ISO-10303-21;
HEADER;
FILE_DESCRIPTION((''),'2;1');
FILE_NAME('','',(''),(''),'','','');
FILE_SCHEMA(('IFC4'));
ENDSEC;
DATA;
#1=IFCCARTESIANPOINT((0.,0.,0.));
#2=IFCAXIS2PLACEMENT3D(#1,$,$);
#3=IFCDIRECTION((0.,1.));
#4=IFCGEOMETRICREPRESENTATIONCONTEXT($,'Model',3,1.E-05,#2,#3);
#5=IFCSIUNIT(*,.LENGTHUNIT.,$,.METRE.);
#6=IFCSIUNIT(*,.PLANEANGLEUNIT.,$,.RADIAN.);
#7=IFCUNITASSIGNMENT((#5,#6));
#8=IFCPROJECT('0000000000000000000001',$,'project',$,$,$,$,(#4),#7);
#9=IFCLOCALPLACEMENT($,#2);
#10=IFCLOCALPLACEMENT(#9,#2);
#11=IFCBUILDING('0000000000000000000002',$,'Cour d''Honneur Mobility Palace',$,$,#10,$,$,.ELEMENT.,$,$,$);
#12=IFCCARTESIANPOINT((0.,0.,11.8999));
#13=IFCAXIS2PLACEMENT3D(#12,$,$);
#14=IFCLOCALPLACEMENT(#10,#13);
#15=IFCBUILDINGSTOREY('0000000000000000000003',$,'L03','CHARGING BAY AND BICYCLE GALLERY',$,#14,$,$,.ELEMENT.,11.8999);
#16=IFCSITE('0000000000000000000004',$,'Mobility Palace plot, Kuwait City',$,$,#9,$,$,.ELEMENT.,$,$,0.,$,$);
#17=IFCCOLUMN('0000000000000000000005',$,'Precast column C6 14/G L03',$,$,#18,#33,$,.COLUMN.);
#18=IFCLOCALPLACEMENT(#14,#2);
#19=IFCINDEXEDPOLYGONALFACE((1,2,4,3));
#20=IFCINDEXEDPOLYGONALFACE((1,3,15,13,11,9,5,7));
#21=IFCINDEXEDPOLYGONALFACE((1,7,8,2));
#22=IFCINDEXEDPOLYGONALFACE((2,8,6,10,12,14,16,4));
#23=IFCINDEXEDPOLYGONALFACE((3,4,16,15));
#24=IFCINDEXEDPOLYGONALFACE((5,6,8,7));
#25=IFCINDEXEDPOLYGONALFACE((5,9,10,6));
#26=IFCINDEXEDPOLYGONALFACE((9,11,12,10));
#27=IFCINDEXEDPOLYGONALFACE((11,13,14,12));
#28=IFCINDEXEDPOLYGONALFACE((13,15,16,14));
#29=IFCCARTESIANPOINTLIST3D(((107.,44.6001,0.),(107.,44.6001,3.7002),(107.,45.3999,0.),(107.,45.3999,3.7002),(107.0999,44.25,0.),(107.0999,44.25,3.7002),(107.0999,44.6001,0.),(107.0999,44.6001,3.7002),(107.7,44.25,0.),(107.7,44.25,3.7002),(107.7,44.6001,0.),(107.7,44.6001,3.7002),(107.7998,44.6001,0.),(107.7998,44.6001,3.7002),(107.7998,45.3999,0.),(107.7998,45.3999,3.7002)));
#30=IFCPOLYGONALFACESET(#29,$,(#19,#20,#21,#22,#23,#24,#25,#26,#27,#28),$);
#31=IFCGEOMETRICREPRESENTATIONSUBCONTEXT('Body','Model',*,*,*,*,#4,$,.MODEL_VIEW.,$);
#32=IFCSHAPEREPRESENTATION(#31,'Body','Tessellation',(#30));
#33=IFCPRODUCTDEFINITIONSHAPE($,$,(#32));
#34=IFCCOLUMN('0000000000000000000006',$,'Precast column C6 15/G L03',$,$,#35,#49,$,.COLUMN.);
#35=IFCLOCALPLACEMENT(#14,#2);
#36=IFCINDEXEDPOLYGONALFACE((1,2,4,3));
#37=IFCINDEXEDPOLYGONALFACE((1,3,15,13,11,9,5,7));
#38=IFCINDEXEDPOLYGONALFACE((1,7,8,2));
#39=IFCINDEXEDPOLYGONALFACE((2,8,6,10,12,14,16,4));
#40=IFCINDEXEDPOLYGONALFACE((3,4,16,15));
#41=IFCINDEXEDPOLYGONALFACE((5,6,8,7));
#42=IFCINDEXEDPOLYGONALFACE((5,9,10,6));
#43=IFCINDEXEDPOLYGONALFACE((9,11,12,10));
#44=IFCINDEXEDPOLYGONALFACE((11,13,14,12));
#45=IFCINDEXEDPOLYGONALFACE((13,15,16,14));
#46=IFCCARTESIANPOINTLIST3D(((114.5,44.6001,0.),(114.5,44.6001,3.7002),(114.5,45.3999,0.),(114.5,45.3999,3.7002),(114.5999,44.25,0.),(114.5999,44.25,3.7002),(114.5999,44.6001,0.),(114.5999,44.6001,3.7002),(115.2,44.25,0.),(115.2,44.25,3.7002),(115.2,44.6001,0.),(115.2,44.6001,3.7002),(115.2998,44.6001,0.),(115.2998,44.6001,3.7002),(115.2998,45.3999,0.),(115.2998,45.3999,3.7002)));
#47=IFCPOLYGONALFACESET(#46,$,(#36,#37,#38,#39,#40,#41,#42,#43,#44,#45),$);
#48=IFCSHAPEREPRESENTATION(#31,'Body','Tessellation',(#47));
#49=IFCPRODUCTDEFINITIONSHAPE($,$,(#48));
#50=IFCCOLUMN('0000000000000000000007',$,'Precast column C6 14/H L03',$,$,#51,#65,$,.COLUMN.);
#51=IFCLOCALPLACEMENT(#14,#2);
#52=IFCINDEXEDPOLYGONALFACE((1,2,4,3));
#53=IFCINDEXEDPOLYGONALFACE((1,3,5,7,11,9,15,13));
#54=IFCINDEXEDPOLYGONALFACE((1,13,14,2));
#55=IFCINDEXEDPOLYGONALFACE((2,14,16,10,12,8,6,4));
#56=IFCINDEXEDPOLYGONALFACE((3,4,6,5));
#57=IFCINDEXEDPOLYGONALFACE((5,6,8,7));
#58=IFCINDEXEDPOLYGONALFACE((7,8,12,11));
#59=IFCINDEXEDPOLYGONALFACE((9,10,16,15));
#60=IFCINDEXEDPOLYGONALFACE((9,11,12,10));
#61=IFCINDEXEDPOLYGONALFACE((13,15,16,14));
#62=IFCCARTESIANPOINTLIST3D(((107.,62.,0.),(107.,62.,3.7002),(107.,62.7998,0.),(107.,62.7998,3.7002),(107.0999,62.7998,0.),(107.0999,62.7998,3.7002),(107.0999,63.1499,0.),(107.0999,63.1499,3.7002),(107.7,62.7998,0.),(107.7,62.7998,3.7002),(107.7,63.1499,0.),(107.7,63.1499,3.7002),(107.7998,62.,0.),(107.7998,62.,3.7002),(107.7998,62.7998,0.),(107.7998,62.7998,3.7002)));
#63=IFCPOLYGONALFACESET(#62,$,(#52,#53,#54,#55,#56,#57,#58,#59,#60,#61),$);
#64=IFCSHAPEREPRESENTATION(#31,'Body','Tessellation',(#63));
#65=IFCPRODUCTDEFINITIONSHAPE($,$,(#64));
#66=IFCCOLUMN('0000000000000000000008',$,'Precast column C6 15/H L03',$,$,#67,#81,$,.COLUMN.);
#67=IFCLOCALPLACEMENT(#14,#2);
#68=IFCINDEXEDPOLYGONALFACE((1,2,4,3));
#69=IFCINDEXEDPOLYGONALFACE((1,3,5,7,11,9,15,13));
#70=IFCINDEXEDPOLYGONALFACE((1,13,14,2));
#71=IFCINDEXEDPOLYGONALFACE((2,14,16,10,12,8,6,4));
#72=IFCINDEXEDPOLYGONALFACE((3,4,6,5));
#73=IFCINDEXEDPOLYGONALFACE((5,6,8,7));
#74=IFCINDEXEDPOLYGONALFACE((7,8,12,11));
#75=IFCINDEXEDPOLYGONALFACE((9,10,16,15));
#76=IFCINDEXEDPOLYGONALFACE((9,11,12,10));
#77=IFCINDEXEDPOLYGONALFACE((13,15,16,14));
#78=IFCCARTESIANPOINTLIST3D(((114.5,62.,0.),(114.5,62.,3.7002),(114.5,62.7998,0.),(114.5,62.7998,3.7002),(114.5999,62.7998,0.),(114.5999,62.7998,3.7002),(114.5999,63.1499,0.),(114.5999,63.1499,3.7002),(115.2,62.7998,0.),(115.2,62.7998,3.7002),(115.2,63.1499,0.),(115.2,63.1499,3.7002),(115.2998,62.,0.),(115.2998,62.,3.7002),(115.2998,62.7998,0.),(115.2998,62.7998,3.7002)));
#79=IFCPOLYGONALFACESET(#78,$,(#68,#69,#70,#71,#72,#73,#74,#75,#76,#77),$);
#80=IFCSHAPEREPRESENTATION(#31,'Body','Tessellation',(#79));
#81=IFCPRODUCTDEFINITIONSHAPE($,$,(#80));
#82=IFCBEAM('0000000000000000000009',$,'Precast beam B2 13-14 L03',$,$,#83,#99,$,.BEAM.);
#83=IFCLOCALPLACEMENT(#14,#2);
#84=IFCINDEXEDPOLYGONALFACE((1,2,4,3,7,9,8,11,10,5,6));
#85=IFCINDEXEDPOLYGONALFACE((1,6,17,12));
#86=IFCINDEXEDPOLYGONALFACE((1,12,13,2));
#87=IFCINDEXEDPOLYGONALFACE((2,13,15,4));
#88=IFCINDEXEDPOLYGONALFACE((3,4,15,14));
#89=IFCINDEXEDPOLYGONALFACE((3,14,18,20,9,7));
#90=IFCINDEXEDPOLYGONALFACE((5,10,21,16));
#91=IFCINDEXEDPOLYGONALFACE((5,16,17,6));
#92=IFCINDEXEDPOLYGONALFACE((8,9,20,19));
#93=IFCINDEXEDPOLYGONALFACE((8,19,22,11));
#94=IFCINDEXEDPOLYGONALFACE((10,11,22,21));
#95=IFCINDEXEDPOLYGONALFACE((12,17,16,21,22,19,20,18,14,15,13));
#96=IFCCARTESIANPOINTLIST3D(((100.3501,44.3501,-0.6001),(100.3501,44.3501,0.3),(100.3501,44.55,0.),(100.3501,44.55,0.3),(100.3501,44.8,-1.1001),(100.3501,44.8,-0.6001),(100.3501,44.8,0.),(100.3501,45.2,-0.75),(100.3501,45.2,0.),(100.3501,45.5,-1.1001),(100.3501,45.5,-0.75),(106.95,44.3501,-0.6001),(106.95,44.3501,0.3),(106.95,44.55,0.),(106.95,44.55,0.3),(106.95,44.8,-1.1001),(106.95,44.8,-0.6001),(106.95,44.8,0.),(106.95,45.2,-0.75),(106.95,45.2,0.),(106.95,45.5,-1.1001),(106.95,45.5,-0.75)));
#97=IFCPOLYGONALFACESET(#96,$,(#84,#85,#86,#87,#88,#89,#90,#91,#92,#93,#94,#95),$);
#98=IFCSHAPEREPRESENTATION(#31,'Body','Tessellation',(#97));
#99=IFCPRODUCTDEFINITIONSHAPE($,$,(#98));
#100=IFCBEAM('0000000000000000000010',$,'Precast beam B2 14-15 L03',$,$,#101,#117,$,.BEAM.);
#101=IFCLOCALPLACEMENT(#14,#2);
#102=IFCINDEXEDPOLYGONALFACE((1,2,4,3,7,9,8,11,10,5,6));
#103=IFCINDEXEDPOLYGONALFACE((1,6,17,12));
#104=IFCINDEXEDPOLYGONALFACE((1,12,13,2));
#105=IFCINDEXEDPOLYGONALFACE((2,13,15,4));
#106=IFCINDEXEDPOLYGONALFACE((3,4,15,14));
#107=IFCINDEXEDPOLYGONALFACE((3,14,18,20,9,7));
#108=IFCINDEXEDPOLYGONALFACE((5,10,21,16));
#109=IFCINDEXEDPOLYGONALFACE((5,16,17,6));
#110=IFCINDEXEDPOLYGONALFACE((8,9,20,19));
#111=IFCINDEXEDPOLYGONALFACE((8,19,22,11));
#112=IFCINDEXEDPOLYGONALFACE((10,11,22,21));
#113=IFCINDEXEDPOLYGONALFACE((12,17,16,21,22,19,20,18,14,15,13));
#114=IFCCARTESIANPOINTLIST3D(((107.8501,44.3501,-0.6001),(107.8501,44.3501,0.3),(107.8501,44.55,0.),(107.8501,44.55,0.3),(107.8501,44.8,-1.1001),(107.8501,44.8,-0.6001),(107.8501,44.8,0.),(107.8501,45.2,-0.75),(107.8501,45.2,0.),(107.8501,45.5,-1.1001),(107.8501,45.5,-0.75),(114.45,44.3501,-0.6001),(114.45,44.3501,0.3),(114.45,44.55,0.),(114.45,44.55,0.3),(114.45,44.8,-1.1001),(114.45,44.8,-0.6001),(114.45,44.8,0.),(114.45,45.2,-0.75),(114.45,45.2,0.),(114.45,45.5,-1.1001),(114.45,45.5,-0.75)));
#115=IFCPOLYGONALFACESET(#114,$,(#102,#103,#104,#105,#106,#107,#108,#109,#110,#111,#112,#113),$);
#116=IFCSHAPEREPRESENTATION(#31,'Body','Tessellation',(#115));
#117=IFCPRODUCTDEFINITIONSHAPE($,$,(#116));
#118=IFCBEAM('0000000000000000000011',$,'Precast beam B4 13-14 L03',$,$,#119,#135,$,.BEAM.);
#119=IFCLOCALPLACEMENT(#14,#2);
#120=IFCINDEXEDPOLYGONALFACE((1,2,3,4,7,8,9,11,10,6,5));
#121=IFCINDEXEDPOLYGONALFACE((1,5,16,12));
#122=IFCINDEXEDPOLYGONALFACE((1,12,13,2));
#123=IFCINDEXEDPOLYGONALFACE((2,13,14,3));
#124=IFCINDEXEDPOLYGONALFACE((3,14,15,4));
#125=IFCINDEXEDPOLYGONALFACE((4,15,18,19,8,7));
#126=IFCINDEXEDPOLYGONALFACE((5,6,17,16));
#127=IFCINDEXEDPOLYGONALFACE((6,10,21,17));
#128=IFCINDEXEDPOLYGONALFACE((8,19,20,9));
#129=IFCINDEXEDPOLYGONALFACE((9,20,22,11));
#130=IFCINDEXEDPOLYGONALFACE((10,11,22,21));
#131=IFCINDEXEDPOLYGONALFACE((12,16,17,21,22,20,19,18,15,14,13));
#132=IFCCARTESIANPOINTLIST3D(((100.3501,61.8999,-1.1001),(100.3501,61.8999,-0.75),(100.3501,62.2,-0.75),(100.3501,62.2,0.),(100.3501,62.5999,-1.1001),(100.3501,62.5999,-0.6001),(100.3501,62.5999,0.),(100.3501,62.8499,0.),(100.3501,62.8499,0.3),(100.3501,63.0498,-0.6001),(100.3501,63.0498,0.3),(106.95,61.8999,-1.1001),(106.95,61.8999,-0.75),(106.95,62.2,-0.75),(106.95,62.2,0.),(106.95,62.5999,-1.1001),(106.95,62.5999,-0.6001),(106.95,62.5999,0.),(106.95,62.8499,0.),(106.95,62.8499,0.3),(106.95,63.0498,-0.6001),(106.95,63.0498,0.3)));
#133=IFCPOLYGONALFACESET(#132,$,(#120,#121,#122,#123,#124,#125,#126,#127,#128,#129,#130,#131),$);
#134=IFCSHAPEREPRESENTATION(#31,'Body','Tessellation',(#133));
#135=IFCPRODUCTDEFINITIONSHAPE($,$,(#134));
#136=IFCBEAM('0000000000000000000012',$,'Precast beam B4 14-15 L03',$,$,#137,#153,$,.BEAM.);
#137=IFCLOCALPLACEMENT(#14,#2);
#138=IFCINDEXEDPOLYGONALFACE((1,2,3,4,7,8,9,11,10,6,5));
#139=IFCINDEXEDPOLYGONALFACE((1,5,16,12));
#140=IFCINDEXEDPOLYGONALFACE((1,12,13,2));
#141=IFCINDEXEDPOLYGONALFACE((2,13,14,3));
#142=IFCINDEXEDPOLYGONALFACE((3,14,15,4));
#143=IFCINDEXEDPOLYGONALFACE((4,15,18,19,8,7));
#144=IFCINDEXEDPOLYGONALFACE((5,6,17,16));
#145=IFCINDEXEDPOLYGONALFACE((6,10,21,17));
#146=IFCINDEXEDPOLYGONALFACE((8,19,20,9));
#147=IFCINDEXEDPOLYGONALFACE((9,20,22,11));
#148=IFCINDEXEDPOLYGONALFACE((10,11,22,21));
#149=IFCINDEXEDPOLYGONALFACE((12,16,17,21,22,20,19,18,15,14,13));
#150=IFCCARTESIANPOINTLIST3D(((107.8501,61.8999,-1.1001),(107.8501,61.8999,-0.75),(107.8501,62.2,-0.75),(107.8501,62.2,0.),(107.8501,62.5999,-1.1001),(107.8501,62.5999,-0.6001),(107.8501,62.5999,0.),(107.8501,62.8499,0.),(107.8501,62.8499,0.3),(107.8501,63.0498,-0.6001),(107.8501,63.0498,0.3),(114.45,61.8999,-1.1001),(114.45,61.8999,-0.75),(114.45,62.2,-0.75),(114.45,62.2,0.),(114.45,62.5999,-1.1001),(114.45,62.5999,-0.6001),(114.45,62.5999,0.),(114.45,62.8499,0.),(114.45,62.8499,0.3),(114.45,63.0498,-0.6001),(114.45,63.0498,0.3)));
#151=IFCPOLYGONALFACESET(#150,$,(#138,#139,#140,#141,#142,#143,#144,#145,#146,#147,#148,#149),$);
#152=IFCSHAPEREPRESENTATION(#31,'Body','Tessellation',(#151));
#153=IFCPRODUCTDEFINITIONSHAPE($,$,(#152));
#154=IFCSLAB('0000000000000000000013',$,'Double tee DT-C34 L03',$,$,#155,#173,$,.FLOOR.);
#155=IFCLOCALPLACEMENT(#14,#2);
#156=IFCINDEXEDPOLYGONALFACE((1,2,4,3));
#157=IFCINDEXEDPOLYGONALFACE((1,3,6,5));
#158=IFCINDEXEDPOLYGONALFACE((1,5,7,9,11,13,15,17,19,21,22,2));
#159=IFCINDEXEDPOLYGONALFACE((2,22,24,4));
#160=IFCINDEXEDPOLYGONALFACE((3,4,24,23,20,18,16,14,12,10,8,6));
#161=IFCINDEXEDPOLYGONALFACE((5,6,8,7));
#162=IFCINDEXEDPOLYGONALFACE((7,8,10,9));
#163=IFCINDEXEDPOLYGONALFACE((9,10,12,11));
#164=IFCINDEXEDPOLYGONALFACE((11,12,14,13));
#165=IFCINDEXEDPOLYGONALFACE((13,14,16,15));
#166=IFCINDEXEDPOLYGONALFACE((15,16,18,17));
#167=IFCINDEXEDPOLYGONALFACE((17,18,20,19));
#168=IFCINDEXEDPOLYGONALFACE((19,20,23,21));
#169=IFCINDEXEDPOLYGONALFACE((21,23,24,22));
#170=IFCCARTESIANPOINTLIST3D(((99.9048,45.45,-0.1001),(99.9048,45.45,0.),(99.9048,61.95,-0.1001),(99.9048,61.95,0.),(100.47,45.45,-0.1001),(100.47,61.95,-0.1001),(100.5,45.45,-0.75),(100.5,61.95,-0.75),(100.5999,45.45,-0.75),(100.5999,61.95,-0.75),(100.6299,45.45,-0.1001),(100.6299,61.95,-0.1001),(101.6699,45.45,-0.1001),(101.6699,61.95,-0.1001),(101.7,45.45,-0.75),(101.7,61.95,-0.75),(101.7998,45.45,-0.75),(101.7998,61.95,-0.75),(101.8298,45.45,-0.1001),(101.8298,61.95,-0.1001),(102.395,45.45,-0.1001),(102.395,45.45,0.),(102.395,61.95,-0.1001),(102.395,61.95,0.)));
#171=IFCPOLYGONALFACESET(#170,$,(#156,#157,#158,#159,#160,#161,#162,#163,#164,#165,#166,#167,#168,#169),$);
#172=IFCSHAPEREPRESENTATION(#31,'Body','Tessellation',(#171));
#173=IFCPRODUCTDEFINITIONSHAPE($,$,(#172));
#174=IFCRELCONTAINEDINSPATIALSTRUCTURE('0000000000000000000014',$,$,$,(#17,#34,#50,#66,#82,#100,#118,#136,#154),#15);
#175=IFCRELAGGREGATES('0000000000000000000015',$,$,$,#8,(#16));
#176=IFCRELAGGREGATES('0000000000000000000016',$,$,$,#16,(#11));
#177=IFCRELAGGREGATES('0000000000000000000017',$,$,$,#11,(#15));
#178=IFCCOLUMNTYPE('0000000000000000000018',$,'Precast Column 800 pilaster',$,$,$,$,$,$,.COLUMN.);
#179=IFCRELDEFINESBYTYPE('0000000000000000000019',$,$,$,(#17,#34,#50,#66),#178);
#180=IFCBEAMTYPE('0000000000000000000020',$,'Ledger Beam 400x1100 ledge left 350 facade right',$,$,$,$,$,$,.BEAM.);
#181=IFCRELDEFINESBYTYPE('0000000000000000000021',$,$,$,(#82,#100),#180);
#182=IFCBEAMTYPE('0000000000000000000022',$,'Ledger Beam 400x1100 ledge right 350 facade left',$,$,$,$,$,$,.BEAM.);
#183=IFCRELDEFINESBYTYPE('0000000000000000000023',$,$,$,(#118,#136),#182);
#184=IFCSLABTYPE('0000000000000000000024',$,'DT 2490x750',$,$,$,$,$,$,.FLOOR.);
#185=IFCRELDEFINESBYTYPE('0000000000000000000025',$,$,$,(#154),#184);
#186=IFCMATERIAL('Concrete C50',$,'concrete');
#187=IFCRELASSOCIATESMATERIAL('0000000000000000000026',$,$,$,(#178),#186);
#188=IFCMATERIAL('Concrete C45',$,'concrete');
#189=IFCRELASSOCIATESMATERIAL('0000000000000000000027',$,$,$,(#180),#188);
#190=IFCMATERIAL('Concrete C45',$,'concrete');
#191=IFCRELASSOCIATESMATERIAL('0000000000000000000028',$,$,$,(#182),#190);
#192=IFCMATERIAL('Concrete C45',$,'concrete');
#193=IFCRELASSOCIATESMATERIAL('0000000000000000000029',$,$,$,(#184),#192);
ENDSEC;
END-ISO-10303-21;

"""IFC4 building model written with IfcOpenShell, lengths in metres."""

from ifc_helpers import new_model, si_unit, direction, frame, origin, place, context, subcontext, project, spatial, polyline, outline, extrude, material, material_profile, profile_set, type_object, element, save


model = new_model("IFC4")

# Units and contexts
model_context = context("Model", 3, precision=1e-05, world=origin(), true_north=direction((0.0, 1.0)))
body_context = subcontext(model_context, "Body", "Model", "MODEL_VIEW")
ifc_project = project(units=[si_unit("LENGTHUNIT", "METRE"), si_unit("PLANEANGLEUNIT", "RADIAN")], contexts=[model_context])

# Site, building, storey
site_placement = place(None, origin())
site = spatial("IfcSite", under=ifc_project, at=site_placement, Name="Mobility Palace plot, Kuwait City", CompositionType="ELEMENT", RefElevation=0.0)
building_placement = place(site_placement, origin())
building = spatial("IfcBuilding", under=site, at=building_placement, Name="Cour d'Honneur Mobility Palace", CompositionType="ELEMENT")
storey_placement = place(building_placement, frame((0.0, 0.0, 11.8999)))
storey = spatial("IfcBuildingStorey", under=building, at=storey_placement, Name="L03", Description="CHARGING BAY AND BICYCLE GALLERY", CompositionType="ELEMENT", Elevation=11.8999)

# Columns
ifc_material_1 = material(Name="Concrete C50", Category="concrete")
ifc_material_profile_1 = material_profile(ifc_material_1, outline(polyline([(-0.3999, -0.3999), (0.3999, -0.3999), (0.3999, -0.3), (0.75, -0.3), (0.75, 0.3), (0.3999, 0.3), (0.3999, 0.3999), (-0.3999, 0.3999), (-0.3999, -0.3999)])), Name="PC C800 pilaster")
ifc_profile_set_1 = profile_set([ifc_material_profile_1], Name="Concrete C50")
column_type = type_object("IfcColumnType", Name="Precast Column 800 pilaster", PredefinedType="COLUMN", material=ifc_profile_set_1)
for number, where, z_axis, x_axis, name in (
    (1, (107.3999, 45.0, 0.0), (0.0, 0.0, 1.0), (0.0, -1.0, 0.0), "Precast column C6 14/G L03"),
    (2, (114.8999, 45.0, 0.0), (0.0, 0.0, 1.0), (0.0, -1.0, 0.0), "Precast column C6 15/G L03"),
    (3, (107.3999, 62.3999, 0.0), (0.0, 0.0, 1.0), (0.0, 1.0, 0.0), "Precast column C6 14/H L03"),
    (4, (114.8999, 62.3999, 0.0), (0.0, 0.0, 1.0), (0.0, 1.0, 0.0), "Precast column C6 15/H L03"),
):
    element("IfcColumn", number, at=place(storey_placement, frame(where, z_axis=z_axis, x_axis=x_axis)), inside=storey, type_object=column_type, Name=name, PredefinedType="COLUMN", context=body_context, shape_type="SweptSolid", body=[
        extrude(outline(polyline([(-0.3999, -0.3999), (0.3999, -0.3999), (0.3999, -0.3), (0.75, -0.3), (0.75, 0.3), (0.3999, 0.3), (0.3999, 0.3999), (-0.3999, 0.3999), (-0.3999, -0.3999)])), origin(), (0.0, 0.0, 1.0), 3.7002),
    ])

# Beams
ifc_material_2 = material(Name="Concrete C45", Category="concrete")
ifc_material_profile_2 = material_profile(ifc_material_2, outline(polyline([(0.5, -1.1001), (0.5, -0.75), (0.2, -0.75), (0.2, 0.0), (-0.2, 0.0), (-0.45, 0.0), (-0.45, 0.3), (-0.6499, 0.3), (-0.6499, -0.6001), (-0.2, -0.6001), (-0.2, -1.1001), (0.5, -1.1001)])), Name="Ledger Beam 400x1100 ledge left 350 facade right")
ifc_profile_set_2 = profile_set([ifc_material_profile_2], Name="Concrete C45")
beam_type_1 = type_object("IfcBeamType", Name="Ledger Beam 400x1100 ledge left 350 facade right", PredefinedType="BEAM", material=ifc_profile_set_2)
for number, where, z_axis, x_axis, name in (
    (5, (100.3501, 45.0, 0.0), (1.0, 0.0, 0.0), (0.0, 1.0, 0.0), "Precast beam B2 13-14 L03"),
    (6, (107.8501, 45.0, 0.0), (1.0, 0.0, 0.0), (0.0, 1.0, 0.0), "Precast beam B2 14-15 L03"),
):
    element("IfcBeam", number, at=place(storey_placement, frame(where, z_axis=z_axis, x_axis=x_axis)), inside=storey, type_object=beam_type_1, Name=name, PredefinedType="BEAM", context=body_context, shape_type="SweptSolid", body=[
        extrude(outline(polyline([(0.5, -1.1001), (0.5, -0.75), (0.2, -0.75), (0.2, 0.0), (-0.2, 0.0), (-0.45, 0.0), (-0.45, 0.3), (-0.6499, 0.3), (-0.6499, -0.6001), (-0.2, -0.6001), (-0.2, -1.1001), (0.5, -1.1001)])), origin(), (0.0, 0.0, 1.0), 6.5999),
    ])
ifc_material_3 = material(Name="Concrete C45", Category="concrete")
ifc_material_profile_3 = material_profile(ifc_material_3, outline(polyline([(0.2, -1.1001), (0.2, -0.6001), (0.6499, -0.6001), (0.6499, 0.3), (0.45, 0.3), (0.45, 0.0), (0.2, 0.0), (-0.2, 0.0), (-0.2, -0.75), (-0.5, -0.75), (-0.5, -1.1001), (0.2, -1.1001)])), Name="Ledger Beam 400x1100 ledge right 350 facade left")
ifc_profile_set_3 = profile_set([ifc_material_profile_3], Name="Concrete C45")
beam_type_2 = type_object("IfcBeamType", Name="Ledger Beam 400x1100 ledge right 350 facade left", PredefinedType="BEAM", material=ifc_profile_set_3)
for number, where, z_axis, x_axis, name in (
    (7, (100.3501, 62.3999, 0.0), (1.0, 0.0, 0.0), (0.0, 1.0, 0.0), "Precast beam B4 13-14 L03"),
    (8, (107.8501, 62.3999, 0.0), (1.0, 0.0, 0.0), (0.0, 1.0, 0.0), "Precast beam B4 14-15 L03"),
):
    element("IfcBeam", number, at=place(storey_placement, frame(where, z_axis=z_axis, x_axis=x_axis)), inside=storey, type_object=beam_type_2, Name=name, PredefinedType="BEAM", context=body_context, shape_type="SweptSolid", body=[
        extrude(outline(polyline([(0.2, -1.1001), (0.2, -0.6001), (0.6499, -0.6001), (0.6499, 0.3), (0.45, 0.3), (0.45, 0.0), (0.2, 0.0), (-0.2, 0.0), (-0.2, -0.75), (-0.5, -0.75), (-0.5, -1.1001), (0.2, -1.1001)])), origin(), (0.0, 0.0, 1.0), 6.5999),
    ])

# Slab
ifc_material_4 = material(Name="Concrete C45", Category="concrete")
ifc_material_profile_4 = material_profile(ifc_material_4, outline(polyline([(-1.2451, 0.0), (1.2451, 0.0), (1.2451, -0.1001), (0.6799, -0.1001), (0.6499, -0.75), (0.55, -0.75), (0.52, -0.1001), (-0.52, -0.1001), (-0.55, -0.75), (-0.6499, -0.75), (-0.6799, -0.1001), (-1.2451, -0.1001), (-1.2451, 0.0)])), Name="DT 2490x750")
ifc_profile_set_4 = profile_set([ifc_material_profile_4], Name="Concrete C45")
slab_type = type_object("IfcSlabType", Name="DT 2490x750", PredefinedType="FLOOR", material=ifc_profile_set_4)
slab_1_placement = place(storey_placement, frame((101.1499, 45.45, 0.0), z_axis=(0.0, 1.0, 0.0), x_axis=(-1.0, 0.0, 0.0)))
element("IfcSlab", 9, at=slab_1_placement, inside=storey, type_object=slab_type, Name="Double tee DT-C34 L03", PredefinedType="FLOOR", context=body_context, shape_type="SweptSolid", body=[
    extrude(outline(polyline([(-1.2451, 0.0), (1.2451, 0.0), (1.2451, -0.1001), (0.6799, -0.1001), (0.6499, -0.75), (0.55, -0.75), (0.52, -0.1001), (-0.52, -0.1001), (-0.55, -0.75), (-0.6499, -0.75), (-0.6799, -0.1001), (-1.2451, -0.1001), (-1.2451, 0.0)])), origin(), (0.0, 0.0, 1.0), 16.5),
])

save(model, "model.ifc")
